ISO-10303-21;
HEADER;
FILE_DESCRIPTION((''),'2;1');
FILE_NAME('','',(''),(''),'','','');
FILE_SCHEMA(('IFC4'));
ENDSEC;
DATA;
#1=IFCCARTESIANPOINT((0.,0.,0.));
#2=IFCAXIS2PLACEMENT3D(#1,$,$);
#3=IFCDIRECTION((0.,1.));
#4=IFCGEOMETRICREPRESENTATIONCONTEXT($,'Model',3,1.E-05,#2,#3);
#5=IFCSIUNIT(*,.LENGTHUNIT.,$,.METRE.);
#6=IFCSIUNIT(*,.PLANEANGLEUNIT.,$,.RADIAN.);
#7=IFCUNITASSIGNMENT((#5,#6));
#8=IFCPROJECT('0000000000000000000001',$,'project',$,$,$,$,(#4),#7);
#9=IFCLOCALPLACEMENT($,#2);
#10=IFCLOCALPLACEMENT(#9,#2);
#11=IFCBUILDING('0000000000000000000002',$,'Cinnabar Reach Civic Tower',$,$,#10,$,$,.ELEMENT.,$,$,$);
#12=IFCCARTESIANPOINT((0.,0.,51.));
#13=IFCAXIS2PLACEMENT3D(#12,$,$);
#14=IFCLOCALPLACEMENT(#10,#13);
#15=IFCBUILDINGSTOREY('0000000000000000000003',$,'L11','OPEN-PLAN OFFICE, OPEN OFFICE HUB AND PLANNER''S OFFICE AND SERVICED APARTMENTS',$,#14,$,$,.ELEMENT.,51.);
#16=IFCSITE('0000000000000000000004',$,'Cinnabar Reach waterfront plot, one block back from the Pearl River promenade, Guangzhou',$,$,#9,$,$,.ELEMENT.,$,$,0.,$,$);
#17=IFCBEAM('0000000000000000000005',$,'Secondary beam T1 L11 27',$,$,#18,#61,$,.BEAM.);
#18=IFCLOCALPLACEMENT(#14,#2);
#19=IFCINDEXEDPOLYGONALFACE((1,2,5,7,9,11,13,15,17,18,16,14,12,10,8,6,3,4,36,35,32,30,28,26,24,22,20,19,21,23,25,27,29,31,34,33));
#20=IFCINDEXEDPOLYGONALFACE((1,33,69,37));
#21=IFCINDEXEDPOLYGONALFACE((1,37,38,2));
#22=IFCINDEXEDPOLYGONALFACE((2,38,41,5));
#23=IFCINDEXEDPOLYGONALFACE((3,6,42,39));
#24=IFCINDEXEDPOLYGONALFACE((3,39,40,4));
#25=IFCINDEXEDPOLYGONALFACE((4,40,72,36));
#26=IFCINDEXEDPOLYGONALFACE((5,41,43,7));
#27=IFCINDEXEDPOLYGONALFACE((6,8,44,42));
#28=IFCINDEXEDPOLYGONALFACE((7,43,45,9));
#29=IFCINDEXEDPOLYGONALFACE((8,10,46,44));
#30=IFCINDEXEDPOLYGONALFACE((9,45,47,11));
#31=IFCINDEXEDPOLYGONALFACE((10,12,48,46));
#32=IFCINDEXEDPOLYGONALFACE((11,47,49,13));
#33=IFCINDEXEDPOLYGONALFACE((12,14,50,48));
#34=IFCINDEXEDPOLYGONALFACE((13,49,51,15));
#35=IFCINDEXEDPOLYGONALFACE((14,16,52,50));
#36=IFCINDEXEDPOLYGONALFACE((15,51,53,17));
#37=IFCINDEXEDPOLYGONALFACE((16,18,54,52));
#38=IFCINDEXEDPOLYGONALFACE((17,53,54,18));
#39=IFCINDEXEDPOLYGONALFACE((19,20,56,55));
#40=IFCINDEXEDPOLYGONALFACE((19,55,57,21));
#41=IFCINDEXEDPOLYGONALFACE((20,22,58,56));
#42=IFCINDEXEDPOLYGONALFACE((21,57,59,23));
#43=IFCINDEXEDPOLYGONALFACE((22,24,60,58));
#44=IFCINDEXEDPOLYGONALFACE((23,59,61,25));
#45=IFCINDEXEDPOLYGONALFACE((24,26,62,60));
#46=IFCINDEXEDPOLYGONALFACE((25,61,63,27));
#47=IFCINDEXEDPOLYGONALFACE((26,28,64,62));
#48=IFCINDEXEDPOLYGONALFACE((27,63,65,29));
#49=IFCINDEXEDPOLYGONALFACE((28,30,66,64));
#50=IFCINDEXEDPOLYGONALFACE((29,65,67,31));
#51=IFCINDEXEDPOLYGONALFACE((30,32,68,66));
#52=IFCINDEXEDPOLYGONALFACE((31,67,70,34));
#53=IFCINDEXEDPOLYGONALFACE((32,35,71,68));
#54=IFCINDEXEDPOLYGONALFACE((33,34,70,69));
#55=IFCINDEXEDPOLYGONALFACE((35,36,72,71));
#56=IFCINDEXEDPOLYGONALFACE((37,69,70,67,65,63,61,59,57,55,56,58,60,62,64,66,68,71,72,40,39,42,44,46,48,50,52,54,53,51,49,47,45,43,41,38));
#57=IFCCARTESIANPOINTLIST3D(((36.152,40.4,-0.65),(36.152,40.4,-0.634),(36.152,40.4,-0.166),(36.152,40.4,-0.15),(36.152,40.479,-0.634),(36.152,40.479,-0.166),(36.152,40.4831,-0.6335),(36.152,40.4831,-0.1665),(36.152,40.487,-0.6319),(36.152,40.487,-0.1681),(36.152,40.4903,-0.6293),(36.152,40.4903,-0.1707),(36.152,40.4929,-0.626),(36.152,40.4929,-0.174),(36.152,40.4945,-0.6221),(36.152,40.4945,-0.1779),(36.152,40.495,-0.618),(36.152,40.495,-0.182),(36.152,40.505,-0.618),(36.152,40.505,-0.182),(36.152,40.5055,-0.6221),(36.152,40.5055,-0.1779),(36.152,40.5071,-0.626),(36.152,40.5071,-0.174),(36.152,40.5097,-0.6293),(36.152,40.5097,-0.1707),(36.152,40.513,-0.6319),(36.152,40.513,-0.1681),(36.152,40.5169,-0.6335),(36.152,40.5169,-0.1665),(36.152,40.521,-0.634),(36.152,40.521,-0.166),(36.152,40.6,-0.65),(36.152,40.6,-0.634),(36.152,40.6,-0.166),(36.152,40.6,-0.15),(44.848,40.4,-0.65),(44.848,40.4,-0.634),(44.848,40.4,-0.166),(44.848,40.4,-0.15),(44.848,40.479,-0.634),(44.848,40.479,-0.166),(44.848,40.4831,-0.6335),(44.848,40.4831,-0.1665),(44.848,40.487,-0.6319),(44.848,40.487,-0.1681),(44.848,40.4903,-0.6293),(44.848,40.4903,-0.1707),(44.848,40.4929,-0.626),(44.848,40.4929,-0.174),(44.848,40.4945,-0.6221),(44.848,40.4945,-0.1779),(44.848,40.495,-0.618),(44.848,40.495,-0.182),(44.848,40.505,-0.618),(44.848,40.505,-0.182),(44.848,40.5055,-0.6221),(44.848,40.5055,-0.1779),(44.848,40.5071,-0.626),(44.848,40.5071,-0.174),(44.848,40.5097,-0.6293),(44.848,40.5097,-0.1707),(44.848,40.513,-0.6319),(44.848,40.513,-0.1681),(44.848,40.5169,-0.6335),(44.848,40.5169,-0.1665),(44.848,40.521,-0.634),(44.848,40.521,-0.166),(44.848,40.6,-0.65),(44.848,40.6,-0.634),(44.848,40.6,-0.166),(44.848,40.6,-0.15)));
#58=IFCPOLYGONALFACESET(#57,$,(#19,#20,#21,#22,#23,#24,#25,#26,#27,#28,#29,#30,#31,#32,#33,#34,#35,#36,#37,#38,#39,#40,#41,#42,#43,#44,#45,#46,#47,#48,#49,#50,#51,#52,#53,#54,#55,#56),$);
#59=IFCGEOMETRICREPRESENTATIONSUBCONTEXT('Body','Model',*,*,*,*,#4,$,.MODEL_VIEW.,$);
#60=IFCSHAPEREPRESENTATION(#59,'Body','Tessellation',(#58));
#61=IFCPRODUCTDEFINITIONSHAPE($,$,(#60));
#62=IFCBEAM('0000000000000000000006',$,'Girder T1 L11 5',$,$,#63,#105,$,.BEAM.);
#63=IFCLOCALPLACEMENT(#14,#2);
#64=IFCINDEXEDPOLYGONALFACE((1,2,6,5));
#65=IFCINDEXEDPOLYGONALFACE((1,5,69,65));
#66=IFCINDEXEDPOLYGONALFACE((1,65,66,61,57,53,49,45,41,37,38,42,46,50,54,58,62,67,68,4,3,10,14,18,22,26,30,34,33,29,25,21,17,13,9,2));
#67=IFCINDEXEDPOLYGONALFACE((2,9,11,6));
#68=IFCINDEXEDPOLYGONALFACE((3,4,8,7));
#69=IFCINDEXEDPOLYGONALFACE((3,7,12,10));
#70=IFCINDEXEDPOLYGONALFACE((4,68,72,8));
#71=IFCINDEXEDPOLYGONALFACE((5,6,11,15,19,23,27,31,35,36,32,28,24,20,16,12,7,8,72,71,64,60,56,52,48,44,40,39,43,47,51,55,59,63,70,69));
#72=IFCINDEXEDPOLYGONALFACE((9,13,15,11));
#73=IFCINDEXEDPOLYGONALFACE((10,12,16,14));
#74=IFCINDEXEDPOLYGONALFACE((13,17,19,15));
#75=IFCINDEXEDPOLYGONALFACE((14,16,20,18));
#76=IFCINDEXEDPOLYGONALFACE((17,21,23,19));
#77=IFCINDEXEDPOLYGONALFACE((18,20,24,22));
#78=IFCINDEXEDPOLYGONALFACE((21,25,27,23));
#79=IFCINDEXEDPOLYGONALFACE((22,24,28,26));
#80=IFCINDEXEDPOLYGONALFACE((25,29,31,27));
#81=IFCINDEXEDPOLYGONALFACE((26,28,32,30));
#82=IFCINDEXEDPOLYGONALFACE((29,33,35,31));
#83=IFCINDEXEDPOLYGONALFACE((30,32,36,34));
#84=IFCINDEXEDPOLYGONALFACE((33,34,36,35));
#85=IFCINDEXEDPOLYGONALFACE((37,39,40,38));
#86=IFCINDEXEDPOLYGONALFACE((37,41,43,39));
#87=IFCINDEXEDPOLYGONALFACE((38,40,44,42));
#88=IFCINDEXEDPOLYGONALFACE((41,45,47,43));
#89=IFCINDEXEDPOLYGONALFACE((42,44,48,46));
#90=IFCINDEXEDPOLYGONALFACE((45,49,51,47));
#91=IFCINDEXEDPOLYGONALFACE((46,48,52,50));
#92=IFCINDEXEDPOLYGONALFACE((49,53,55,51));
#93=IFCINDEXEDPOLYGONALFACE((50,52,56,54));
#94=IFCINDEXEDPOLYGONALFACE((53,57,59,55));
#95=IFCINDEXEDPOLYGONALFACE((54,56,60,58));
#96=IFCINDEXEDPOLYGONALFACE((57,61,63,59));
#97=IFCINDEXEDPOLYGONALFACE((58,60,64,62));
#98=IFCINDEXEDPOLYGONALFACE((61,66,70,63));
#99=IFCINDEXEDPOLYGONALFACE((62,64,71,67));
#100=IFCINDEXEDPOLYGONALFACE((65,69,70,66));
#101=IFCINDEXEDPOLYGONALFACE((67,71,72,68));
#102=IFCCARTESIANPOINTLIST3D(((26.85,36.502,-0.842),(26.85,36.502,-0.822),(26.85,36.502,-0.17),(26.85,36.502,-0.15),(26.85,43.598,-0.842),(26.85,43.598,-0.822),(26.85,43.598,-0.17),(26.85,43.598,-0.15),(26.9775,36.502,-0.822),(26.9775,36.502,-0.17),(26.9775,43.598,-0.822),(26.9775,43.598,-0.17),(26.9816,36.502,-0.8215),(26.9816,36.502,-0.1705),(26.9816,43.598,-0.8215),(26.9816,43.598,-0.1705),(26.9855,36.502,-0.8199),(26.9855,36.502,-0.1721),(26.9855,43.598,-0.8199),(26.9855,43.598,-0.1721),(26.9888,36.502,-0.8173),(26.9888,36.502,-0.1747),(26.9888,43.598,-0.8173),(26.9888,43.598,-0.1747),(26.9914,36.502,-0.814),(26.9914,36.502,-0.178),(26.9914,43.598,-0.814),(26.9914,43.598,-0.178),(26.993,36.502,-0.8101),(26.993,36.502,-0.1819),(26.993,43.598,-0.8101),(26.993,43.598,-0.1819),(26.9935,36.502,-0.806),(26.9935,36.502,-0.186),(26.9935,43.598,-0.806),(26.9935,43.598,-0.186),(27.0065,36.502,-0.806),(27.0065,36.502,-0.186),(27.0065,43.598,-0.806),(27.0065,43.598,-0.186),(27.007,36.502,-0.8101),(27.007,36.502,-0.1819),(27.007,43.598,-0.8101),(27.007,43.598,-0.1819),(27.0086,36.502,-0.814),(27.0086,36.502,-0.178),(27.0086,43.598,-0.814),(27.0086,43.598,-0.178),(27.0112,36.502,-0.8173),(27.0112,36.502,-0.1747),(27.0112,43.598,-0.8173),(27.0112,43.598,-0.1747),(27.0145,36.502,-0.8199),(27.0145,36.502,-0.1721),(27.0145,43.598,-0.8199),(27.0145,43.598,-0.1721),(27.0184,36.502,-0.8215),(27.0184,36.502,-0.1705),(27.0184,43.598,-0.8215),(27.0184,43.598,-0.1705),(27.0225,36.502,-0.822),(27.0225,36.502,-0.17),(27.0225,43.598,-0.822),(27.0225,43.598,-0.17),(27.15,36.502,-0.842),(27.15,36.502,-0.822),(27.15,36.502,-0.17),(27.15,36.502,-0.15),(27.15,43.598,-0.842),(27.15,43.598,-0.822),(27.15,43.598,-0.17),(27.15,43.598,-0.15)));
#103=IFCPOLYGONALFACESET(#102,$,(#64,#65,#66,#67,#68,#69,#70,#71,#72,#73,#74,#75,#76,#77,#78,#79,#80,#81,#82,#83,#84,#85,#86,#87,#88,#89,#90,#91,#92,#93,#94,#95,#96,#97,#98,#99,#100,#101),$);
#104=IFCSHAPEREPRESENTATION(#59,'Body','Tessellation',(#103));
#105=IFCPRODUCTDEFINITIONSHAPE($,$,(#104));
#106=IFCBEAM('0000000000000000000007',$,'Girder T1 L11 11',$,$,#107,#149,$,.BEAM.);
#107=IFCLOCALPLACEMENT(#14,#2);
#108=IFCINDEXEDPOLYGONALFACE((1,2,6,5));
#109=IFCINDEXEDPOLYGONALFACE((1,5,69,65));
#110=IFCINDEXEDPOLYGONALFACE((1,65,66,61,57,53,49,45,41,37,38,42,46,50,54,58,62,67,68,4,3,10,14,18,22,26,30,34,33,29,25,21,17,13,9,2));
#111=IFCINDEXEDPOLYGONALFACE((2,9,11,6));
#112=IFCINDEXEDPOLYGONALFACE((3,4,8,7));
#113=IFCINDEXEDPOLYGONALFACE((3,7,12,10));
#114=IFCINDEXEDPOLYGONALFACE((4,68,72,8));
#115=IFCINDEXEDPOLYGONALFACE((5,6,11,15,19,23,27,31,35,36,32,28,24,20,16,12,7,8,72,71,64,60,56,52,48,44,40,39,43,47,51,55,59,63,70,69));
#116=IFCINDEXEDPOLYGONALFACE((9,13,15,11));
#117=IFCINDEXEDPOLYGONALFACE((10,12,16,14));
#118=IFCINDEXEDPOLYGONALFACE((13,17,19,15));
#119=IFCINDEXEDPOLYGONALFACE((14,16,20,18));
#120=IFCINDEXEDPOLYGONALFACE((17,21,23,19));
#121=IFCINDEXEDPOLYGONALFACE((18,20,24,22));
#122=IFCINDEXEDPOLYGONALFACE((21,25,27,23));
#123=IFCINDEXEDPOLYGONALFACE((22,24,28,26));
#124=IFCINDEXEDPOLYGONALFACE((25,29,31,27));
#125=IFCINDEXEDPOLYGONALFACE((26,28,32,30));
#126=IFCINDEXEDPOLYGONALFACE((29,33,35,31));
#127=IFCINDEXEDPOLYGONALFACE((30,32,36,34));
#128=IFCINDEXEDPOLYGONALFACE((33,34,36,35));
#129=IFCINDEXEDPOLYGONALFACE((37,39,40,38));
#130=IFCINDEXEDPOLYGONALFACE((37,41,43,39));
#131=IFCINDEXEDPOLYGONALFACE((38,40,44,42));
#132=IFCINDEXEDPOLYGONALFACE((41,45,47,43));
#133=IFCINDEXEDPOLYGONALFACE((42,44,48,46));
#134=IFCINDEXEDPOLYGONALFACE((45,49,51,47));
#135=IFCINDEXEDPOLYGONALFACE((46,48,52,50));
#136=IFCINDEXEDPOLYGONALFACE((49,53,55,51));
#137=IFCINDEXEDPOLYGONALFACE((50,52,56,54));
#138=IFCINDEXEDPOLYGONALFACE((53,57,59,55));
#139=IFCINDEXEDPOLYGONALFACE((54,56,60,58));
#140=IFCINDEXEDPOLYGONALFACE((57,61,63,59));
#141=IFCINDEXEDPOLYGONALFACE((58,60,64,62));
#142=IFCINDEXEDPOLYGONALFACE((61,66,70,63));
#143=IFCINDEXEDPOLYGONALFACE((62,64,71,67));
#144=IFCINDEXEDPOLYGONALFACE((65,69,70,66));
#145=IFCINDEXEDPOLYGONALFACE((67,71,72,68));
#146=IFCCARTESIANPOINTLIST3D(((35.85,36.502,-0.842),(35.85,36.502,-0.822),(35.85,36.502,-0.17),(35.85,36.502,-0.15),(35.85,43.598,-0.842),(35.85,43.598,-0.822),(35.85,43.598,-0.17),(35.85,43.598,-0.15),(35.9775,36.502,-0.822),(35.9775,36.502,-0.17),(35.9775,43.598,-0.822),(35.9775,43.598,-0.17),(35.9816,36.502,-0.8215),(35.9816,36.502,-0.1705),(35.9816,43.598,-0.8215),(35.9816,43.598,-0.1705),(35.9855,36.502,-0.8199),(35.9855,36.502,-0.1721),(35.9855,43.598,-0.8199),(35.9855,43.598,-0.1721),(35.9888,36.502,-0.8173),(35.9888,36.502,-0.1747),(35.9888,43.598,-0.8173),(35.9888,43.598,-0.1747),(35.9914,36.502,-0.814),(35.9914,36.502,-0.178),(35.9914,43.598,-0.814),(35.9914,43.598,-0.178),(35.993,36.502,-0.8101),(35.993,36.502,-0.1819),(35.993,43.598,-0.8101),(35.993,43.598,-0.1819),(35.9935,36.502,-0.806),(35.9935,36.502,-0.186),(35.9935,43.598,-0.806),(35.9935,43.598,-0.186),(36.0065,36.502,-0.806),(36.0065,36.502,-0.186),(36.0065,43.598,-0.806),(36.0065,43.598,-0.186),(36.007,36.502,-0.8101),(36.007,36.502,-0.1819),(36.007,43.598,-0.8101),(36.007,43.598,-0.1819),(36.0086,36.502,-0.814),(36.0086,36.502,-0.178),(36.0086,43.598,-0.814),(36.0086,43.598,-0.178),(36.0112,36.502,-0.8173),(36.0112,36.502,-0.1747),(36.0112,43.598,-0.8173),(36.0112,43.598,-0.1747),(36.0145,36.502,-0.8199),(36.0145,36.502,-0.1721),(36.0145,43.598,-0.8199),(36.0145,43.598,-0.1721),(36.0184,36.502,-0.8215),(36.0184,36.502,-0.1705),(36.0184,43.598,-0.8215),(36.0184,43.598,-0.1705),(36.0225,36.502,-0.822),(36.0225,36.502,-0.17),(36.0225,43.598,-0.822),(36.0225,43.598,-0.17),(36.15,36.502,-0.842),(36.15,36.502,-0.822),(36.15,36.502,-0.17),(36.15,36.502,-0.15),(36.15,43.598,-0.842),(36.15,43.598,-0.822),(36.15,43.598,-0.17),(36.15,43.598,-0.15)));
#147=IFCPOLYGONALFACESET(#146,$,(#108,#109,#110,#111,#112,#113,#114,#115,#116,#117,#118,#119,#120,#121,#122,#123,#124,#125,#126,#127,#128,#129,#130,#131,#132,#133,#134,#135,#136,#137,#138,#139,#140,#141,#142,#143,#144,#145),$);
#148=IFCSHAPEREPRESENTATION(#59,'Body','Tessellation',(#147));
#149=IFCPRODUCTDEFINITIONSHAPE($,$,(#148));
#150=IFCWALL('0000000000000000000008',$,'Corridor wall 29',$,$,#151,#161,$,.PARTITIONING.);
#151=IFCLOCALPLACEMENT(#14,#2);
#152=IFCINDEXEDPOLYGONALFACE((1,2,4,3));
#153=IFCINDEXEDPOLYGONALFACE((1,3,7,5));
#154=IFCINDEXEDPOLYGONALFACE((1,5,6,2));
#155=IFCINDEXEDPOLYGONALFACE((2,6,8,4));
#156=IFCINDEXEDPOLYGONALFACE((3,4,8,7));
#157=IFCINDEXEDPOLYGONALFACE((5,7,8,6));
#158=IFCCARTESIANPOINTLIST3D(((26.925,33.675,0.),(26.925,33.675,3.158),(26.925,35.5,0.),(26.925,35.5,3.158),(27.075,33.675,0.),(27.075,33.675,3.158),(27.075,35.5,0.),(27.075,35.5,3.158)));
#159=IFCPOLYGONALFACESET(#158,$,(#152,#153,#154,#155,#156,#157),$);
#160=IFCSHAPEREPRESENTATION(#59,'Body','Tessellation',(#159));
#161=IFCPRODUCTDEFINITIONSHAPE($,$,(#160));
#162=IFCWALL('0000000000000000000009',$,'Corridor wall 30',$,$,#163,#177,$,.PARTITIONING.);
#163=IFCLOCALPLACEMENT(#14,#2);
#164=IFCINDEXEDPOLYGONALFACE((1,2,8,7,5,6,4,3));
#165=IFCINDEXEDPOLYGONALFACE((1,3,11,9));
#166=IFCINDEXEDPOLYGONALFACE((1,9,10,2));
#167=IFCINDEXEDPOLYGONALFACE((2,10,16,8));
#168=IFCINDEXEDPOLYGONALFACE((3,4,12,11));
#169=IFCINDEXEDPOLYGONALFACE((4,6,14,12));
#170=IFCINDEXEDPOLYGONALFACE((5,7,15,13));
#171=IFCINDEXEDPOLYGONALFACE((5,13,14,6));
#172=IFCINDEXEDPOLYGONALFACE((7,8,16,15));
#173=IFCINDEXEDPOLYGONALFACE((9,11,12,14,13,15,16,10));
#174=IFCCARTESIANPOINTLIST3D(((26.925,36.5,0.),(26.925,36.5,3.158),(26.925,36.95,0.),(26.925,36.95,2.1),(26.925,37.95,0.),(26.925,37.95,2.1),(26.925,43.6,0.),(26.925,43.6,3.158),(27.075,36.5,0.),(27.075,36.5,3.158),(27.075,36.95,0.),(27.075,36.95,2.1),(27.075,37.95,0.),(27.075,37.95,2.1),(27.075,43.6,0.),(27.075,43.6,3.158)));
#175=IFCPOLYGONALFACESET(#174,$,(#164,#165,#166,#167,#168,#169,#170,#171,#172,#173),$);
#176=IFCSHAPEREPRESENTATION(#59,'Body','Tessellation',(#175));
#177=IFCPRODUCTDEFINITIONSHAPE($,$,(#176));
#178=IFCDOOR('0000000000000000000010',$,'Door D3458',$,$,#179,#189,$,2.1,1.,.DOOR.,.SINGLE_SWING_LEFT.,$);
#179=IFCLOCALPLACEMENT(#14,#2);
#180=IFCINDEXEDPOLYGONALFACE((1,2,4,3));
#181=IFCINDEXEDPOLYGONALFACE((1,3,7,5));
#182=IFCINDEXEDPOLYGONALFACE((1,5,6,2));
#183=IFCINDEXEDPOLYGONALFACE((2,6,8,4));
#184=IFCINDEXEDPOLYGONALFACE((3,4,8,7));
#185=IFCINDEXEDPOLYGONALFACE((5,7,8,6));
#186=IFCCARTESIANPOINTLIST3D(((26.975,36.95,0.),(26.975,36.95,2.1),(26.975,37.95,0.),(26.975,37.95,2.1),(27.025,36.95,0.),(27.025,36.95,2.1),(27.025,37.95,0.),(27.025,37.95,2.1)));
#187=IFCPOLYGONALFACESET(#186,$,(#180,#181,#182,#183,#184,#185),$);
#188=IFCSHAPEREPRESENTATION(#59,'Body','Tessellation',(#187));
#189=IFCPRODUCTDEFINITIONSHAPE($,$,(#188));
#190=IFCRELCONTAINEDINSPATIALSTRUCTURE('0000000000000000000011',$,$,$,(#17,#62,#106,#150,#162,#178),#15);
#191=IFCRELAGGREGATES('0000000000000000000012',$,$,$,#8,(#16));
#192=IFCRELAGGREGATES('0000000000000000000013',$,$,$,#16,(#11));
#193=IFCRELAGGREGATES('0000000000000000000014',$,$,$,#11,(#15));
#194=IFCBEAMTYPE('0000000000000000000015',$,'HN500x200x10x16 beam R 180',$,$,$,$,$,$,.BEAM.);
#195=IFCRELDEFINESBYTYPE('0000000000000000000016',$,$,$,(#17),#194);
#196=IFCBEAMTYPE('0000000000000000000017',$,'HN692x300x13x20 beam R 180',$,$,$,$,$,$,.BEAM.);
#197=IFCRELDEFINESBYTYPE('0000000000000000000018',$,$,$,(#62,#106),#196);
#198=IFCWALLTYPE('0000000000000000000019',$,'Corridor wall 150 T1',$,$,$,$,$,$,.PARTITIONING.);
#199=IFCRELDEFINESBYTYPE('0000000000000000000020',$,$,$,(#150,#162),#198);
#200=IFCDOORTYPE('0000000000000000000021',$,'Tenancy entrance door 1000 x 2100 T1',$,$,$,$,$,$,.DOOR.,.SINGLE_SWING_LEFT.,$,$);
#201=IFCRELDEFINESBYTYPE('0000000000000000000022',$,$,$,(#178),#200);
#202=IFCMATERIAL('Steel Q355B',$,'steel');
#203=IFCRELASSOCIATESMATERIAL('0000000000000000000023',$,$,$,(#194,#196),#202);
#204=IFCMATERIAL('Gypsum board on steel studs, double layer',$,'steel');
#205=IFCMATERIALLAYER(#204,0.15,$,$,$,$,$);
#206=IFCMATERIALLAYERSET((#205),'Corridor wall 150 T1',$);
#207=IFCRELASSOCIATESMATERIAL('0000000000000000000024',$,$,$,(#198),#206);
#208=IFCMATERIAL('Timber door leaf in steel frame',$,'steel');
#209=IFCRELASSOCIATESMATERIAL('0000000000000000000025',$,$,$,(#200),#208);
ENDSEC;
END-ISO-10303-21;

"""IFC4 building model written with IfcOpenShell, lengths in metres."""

from ifc_helpers import new_model, si_unit, direction, frame, frame_2d, origin, origin_2d, place, context, subcontext, project, spatial, rectangle, i_section, extrude, material, layer, layer_set, material_profile, profile_set, type_object, element, fill, save


model = new_model("IFC4")

# Units and contexts
model_context = context("Model", 3, precision=1e-05, world=origin(), true_north=direction((0.0, 1.0)))
body_context = subcontext(model_context, "Body", "Model", "MODEL_VIEW")
ifc_project = project(units=[si_unit("LENGTHUNIT", "METRE"), si_unit("PLANEANGLEUNIT", "RADIAN")], contexts=[model_context])

# Site, building, storey
site_placement = place(None, origin())
site = spatial("IfcSite", under=ifc_project, at=site_placement, Name="Cinnabar Reach waterfront plot, one block back from the Pearl River promenade, Guangzhou", CompositionType="ELEMENT", RefElevation=0.0)
building_placement = place(site_placement, origin())
building = spatial("IfcBuilding", under=site, at=building_placement, Name="Cinnabar Reach Civic Tower", CompositionType="ELEMENT")
storey_placement = place(building_placement, frame((0.0, 0.0, 51.0)))
storey = spatial("IfcBuildingStorey", under=building, at=storey_placement, Name="L11", Description="OPEN-PLAN OFFICE, OPEN OFFICE HUB AND PLANNER'S OFFICE AND SERVICED APARTMENTS", CompositionType="ELEMENT", Elevation=51.0)

# Beams
ifc_material_1 = material(Name="Steel Q355B", Category="steel")
ifc_material_profile_1 = material_profile(ifc_material_1, i_section(OverallWidth=0.2, OverallDepth=0.5, WebThickness=0.01, FlangeThickness=0.016, FilletRadius=0.016, at=origin_2d()), Name="HN500x200x10x16")
ifc_profile_set_1 = profile_set([ifc_material_profile_1], Name="Steel Q355B")
beam_type_1 = type_object("IfcBeamType", Name="HN500x200x10x16 beam R 180", PredefinedType="BEAM", material=ifc_profile_set_1)
for number, where, z_axis, x_axis, name in (
    (1, (36.152, 40.5, -0.4), (1.0, 0.0, 0.0), (0.0, 1.0, 0.0), "Secondary beam T1 L11 27"),
):
    element("IfcBeam", number, at=place(storey_placement, frame(where, z_axis=z_axis, x_axis=x_axis)), inside=storey, type_object=beam_type_1, Name=name, PredefinedType="BEAM", context=body_context, shape_type="SweptSolid", body=[
        extrude(i_section(OverallWidth=0.2, OverallDepth=0.5, WebThickness=0.01, FlangeThickness=0.016, FilletRadius=0.016, at=origin_2d()), origin(), (0.0, 0.0, 1.0), 8.696),
    ])
ifc_material_profile_2 = material_profile(ifc_material_1, i_section(OverallWidth=0.3, OverallDepth=0.692, WebThickness=0.013, FlangeThickness=0.02, FilletRadius=0.016, at=origin_2d()), Name="HN692x300x13x20")
ifc_profile_set_2 = profile_set([ifc_material_profile_2], Name="Steel Q355B")
beam_type_2 = type_object("IfcBeamType", Name="HN692x300x13x20 beam R 180", PredefinedType="BEAM", material=ifc_profile_set_2)
for number, where, z_axis, x_axis, name in (
    (2, (27.0, 36.502, -0.496), (0.0, 1.0, 0.0), (-1.0, 0.0, 0.0), "Girder T1 L11 5"),
    (3, (36.0, 36.502, -0.496), (0.0, 1.0, 0.0), (-1.0, 0.0, 0.0), "Girder T1 L11 11"),
):
    element("IfcBeam", number, at=place(storey_placement, frame(where, z_axis=z_axis, x_axis=x_axis)), inside=storey, type_object=beam_type_2, Name=name, PredefinedType="BEAM", context=body_context, shape_type="SweptSolid", body=[
        extrude(i_section(OverallWidth=0.3, OverallDepth=0.692, WebThickness=0.013, FlangeThickness=0.02, FilletRadius=0.016, at=origin_2d()), origin(), (0.0, 0.0, 1.0), 7.096),
    ])

# Wall
ifc_material_2 = material(Name="Gypsum board on steel studs, double layer", Category="steel")
ifc_layer_1 = layer(ifc_material_2, 0.15)
ifc_layer_set_1 = layer_set([ifc_layer_1], Name="Corridor wall 150 T1")
wall_type_1 = type_object("IfcWallType", Name="Corridor wall 150 T1", PredefinedType="PARTITIONING", material=ifc_layer_set_1)
wall_1_placement = place(storey_placement, frame((27.0, 33.675, 0.0), z_axis=(0.0, 0.0, 1.0), x_axis=(0.0, 1.0, 0.0)))
element("IfcWall", 4, at=wall_1_placement, inside=storey, type_object=wall_type_1, Name="Corridor wall 29", PredefinedType="PARTITIONING", context=body_context, shape_type="SweptSolid", body=[
    extrude(rectangle(XDim=1.825, YDim=0.15, at=frame_2d((0.9125, 0.0))), origin(), (0.0, 0.0, 1.0), 3.158),
])

# Wall, opening, door
wall_2_placement = place(storey_placement, frame((27.0, 36.5, 0.0), z_axis=(0.0, 0.0, 1.0), x_axis=(0.0, 1.0, 0.0)))
wall_2 = element("IfcWall", 5, at=wall_2_placement, inside=storey, type_object=wall_type_1, Name="Corridor wall 30", PredefinedType="PARTITIONING", context=body_context, shape_type="SweptSolid", body=[
    extrude(rectangle(XDim=7.1, YDim=0.15, at=frame_2d((3.55, 0.0))), origin(), (0.0, 0.0, 1.0), 3.158),
])
opening_1_placement = place(wall_2_placement, frame((0.45, 0.0, 0.0)))
opening_1 = element("IfcOpeningElement", 6, at=opening_1_placement, cuts=wall_2, PredefinedType="OPENING", context=body_context, shape_type="SweptSolid", body=[
    extrude(rectangle(XDim=1.0, YDim=2.1, at=frame_2d((0.5, 1.05))), frame((0.0, 0.085, 0.0), z_axis=(0.0, -1.0, 0.0), x_axis=(1.0, 0.0, 0.0)), (0.0, 0.0, 1.0), 0.17),
])
ifc_material_3 = material(Name="Timber door leaf in steel frame", Category="steel")
door_type_1 = type_object("IfcDoorType", Name="Tenancy entrance door 1000 x 2100 T1", OperationType="SINGLE_SWING_LEFT", PredefinedType="DOOR", material=ifc_material_3)
door_1_placement = place(opening_1_placement, frame((1.0, 0.0, 0.0), z_axis=(0.0, 0.0, 1.0), x_axis=(-1.0, 0.0, 0.0)))
door_1 = element("IfcDoor", 7, at=door_1_placement, inside=storey, type_object=door_type_1, Name="Door D3458", OperationType="SINGLE_SWING_LEFT", OverallHeight=2.1, OverallWidth=1.0, PredefinedType="DOOR", context=body_context, shape_type="SweptSolid", body=[
    extrude(rectangle(XDim=1.0, YDim=2.1, at=frame_2d((0.5, 1.05))), frame((0.0, 0.025, 0.0), z_axis=(0.0, -1.0, 0.0), x_axis=(1.0, 0.0, 0.0)), (0.0, 0.0, 1.0), 0.05),
])
fill(opening_1, door_1)

save(model, "model.ifc")
